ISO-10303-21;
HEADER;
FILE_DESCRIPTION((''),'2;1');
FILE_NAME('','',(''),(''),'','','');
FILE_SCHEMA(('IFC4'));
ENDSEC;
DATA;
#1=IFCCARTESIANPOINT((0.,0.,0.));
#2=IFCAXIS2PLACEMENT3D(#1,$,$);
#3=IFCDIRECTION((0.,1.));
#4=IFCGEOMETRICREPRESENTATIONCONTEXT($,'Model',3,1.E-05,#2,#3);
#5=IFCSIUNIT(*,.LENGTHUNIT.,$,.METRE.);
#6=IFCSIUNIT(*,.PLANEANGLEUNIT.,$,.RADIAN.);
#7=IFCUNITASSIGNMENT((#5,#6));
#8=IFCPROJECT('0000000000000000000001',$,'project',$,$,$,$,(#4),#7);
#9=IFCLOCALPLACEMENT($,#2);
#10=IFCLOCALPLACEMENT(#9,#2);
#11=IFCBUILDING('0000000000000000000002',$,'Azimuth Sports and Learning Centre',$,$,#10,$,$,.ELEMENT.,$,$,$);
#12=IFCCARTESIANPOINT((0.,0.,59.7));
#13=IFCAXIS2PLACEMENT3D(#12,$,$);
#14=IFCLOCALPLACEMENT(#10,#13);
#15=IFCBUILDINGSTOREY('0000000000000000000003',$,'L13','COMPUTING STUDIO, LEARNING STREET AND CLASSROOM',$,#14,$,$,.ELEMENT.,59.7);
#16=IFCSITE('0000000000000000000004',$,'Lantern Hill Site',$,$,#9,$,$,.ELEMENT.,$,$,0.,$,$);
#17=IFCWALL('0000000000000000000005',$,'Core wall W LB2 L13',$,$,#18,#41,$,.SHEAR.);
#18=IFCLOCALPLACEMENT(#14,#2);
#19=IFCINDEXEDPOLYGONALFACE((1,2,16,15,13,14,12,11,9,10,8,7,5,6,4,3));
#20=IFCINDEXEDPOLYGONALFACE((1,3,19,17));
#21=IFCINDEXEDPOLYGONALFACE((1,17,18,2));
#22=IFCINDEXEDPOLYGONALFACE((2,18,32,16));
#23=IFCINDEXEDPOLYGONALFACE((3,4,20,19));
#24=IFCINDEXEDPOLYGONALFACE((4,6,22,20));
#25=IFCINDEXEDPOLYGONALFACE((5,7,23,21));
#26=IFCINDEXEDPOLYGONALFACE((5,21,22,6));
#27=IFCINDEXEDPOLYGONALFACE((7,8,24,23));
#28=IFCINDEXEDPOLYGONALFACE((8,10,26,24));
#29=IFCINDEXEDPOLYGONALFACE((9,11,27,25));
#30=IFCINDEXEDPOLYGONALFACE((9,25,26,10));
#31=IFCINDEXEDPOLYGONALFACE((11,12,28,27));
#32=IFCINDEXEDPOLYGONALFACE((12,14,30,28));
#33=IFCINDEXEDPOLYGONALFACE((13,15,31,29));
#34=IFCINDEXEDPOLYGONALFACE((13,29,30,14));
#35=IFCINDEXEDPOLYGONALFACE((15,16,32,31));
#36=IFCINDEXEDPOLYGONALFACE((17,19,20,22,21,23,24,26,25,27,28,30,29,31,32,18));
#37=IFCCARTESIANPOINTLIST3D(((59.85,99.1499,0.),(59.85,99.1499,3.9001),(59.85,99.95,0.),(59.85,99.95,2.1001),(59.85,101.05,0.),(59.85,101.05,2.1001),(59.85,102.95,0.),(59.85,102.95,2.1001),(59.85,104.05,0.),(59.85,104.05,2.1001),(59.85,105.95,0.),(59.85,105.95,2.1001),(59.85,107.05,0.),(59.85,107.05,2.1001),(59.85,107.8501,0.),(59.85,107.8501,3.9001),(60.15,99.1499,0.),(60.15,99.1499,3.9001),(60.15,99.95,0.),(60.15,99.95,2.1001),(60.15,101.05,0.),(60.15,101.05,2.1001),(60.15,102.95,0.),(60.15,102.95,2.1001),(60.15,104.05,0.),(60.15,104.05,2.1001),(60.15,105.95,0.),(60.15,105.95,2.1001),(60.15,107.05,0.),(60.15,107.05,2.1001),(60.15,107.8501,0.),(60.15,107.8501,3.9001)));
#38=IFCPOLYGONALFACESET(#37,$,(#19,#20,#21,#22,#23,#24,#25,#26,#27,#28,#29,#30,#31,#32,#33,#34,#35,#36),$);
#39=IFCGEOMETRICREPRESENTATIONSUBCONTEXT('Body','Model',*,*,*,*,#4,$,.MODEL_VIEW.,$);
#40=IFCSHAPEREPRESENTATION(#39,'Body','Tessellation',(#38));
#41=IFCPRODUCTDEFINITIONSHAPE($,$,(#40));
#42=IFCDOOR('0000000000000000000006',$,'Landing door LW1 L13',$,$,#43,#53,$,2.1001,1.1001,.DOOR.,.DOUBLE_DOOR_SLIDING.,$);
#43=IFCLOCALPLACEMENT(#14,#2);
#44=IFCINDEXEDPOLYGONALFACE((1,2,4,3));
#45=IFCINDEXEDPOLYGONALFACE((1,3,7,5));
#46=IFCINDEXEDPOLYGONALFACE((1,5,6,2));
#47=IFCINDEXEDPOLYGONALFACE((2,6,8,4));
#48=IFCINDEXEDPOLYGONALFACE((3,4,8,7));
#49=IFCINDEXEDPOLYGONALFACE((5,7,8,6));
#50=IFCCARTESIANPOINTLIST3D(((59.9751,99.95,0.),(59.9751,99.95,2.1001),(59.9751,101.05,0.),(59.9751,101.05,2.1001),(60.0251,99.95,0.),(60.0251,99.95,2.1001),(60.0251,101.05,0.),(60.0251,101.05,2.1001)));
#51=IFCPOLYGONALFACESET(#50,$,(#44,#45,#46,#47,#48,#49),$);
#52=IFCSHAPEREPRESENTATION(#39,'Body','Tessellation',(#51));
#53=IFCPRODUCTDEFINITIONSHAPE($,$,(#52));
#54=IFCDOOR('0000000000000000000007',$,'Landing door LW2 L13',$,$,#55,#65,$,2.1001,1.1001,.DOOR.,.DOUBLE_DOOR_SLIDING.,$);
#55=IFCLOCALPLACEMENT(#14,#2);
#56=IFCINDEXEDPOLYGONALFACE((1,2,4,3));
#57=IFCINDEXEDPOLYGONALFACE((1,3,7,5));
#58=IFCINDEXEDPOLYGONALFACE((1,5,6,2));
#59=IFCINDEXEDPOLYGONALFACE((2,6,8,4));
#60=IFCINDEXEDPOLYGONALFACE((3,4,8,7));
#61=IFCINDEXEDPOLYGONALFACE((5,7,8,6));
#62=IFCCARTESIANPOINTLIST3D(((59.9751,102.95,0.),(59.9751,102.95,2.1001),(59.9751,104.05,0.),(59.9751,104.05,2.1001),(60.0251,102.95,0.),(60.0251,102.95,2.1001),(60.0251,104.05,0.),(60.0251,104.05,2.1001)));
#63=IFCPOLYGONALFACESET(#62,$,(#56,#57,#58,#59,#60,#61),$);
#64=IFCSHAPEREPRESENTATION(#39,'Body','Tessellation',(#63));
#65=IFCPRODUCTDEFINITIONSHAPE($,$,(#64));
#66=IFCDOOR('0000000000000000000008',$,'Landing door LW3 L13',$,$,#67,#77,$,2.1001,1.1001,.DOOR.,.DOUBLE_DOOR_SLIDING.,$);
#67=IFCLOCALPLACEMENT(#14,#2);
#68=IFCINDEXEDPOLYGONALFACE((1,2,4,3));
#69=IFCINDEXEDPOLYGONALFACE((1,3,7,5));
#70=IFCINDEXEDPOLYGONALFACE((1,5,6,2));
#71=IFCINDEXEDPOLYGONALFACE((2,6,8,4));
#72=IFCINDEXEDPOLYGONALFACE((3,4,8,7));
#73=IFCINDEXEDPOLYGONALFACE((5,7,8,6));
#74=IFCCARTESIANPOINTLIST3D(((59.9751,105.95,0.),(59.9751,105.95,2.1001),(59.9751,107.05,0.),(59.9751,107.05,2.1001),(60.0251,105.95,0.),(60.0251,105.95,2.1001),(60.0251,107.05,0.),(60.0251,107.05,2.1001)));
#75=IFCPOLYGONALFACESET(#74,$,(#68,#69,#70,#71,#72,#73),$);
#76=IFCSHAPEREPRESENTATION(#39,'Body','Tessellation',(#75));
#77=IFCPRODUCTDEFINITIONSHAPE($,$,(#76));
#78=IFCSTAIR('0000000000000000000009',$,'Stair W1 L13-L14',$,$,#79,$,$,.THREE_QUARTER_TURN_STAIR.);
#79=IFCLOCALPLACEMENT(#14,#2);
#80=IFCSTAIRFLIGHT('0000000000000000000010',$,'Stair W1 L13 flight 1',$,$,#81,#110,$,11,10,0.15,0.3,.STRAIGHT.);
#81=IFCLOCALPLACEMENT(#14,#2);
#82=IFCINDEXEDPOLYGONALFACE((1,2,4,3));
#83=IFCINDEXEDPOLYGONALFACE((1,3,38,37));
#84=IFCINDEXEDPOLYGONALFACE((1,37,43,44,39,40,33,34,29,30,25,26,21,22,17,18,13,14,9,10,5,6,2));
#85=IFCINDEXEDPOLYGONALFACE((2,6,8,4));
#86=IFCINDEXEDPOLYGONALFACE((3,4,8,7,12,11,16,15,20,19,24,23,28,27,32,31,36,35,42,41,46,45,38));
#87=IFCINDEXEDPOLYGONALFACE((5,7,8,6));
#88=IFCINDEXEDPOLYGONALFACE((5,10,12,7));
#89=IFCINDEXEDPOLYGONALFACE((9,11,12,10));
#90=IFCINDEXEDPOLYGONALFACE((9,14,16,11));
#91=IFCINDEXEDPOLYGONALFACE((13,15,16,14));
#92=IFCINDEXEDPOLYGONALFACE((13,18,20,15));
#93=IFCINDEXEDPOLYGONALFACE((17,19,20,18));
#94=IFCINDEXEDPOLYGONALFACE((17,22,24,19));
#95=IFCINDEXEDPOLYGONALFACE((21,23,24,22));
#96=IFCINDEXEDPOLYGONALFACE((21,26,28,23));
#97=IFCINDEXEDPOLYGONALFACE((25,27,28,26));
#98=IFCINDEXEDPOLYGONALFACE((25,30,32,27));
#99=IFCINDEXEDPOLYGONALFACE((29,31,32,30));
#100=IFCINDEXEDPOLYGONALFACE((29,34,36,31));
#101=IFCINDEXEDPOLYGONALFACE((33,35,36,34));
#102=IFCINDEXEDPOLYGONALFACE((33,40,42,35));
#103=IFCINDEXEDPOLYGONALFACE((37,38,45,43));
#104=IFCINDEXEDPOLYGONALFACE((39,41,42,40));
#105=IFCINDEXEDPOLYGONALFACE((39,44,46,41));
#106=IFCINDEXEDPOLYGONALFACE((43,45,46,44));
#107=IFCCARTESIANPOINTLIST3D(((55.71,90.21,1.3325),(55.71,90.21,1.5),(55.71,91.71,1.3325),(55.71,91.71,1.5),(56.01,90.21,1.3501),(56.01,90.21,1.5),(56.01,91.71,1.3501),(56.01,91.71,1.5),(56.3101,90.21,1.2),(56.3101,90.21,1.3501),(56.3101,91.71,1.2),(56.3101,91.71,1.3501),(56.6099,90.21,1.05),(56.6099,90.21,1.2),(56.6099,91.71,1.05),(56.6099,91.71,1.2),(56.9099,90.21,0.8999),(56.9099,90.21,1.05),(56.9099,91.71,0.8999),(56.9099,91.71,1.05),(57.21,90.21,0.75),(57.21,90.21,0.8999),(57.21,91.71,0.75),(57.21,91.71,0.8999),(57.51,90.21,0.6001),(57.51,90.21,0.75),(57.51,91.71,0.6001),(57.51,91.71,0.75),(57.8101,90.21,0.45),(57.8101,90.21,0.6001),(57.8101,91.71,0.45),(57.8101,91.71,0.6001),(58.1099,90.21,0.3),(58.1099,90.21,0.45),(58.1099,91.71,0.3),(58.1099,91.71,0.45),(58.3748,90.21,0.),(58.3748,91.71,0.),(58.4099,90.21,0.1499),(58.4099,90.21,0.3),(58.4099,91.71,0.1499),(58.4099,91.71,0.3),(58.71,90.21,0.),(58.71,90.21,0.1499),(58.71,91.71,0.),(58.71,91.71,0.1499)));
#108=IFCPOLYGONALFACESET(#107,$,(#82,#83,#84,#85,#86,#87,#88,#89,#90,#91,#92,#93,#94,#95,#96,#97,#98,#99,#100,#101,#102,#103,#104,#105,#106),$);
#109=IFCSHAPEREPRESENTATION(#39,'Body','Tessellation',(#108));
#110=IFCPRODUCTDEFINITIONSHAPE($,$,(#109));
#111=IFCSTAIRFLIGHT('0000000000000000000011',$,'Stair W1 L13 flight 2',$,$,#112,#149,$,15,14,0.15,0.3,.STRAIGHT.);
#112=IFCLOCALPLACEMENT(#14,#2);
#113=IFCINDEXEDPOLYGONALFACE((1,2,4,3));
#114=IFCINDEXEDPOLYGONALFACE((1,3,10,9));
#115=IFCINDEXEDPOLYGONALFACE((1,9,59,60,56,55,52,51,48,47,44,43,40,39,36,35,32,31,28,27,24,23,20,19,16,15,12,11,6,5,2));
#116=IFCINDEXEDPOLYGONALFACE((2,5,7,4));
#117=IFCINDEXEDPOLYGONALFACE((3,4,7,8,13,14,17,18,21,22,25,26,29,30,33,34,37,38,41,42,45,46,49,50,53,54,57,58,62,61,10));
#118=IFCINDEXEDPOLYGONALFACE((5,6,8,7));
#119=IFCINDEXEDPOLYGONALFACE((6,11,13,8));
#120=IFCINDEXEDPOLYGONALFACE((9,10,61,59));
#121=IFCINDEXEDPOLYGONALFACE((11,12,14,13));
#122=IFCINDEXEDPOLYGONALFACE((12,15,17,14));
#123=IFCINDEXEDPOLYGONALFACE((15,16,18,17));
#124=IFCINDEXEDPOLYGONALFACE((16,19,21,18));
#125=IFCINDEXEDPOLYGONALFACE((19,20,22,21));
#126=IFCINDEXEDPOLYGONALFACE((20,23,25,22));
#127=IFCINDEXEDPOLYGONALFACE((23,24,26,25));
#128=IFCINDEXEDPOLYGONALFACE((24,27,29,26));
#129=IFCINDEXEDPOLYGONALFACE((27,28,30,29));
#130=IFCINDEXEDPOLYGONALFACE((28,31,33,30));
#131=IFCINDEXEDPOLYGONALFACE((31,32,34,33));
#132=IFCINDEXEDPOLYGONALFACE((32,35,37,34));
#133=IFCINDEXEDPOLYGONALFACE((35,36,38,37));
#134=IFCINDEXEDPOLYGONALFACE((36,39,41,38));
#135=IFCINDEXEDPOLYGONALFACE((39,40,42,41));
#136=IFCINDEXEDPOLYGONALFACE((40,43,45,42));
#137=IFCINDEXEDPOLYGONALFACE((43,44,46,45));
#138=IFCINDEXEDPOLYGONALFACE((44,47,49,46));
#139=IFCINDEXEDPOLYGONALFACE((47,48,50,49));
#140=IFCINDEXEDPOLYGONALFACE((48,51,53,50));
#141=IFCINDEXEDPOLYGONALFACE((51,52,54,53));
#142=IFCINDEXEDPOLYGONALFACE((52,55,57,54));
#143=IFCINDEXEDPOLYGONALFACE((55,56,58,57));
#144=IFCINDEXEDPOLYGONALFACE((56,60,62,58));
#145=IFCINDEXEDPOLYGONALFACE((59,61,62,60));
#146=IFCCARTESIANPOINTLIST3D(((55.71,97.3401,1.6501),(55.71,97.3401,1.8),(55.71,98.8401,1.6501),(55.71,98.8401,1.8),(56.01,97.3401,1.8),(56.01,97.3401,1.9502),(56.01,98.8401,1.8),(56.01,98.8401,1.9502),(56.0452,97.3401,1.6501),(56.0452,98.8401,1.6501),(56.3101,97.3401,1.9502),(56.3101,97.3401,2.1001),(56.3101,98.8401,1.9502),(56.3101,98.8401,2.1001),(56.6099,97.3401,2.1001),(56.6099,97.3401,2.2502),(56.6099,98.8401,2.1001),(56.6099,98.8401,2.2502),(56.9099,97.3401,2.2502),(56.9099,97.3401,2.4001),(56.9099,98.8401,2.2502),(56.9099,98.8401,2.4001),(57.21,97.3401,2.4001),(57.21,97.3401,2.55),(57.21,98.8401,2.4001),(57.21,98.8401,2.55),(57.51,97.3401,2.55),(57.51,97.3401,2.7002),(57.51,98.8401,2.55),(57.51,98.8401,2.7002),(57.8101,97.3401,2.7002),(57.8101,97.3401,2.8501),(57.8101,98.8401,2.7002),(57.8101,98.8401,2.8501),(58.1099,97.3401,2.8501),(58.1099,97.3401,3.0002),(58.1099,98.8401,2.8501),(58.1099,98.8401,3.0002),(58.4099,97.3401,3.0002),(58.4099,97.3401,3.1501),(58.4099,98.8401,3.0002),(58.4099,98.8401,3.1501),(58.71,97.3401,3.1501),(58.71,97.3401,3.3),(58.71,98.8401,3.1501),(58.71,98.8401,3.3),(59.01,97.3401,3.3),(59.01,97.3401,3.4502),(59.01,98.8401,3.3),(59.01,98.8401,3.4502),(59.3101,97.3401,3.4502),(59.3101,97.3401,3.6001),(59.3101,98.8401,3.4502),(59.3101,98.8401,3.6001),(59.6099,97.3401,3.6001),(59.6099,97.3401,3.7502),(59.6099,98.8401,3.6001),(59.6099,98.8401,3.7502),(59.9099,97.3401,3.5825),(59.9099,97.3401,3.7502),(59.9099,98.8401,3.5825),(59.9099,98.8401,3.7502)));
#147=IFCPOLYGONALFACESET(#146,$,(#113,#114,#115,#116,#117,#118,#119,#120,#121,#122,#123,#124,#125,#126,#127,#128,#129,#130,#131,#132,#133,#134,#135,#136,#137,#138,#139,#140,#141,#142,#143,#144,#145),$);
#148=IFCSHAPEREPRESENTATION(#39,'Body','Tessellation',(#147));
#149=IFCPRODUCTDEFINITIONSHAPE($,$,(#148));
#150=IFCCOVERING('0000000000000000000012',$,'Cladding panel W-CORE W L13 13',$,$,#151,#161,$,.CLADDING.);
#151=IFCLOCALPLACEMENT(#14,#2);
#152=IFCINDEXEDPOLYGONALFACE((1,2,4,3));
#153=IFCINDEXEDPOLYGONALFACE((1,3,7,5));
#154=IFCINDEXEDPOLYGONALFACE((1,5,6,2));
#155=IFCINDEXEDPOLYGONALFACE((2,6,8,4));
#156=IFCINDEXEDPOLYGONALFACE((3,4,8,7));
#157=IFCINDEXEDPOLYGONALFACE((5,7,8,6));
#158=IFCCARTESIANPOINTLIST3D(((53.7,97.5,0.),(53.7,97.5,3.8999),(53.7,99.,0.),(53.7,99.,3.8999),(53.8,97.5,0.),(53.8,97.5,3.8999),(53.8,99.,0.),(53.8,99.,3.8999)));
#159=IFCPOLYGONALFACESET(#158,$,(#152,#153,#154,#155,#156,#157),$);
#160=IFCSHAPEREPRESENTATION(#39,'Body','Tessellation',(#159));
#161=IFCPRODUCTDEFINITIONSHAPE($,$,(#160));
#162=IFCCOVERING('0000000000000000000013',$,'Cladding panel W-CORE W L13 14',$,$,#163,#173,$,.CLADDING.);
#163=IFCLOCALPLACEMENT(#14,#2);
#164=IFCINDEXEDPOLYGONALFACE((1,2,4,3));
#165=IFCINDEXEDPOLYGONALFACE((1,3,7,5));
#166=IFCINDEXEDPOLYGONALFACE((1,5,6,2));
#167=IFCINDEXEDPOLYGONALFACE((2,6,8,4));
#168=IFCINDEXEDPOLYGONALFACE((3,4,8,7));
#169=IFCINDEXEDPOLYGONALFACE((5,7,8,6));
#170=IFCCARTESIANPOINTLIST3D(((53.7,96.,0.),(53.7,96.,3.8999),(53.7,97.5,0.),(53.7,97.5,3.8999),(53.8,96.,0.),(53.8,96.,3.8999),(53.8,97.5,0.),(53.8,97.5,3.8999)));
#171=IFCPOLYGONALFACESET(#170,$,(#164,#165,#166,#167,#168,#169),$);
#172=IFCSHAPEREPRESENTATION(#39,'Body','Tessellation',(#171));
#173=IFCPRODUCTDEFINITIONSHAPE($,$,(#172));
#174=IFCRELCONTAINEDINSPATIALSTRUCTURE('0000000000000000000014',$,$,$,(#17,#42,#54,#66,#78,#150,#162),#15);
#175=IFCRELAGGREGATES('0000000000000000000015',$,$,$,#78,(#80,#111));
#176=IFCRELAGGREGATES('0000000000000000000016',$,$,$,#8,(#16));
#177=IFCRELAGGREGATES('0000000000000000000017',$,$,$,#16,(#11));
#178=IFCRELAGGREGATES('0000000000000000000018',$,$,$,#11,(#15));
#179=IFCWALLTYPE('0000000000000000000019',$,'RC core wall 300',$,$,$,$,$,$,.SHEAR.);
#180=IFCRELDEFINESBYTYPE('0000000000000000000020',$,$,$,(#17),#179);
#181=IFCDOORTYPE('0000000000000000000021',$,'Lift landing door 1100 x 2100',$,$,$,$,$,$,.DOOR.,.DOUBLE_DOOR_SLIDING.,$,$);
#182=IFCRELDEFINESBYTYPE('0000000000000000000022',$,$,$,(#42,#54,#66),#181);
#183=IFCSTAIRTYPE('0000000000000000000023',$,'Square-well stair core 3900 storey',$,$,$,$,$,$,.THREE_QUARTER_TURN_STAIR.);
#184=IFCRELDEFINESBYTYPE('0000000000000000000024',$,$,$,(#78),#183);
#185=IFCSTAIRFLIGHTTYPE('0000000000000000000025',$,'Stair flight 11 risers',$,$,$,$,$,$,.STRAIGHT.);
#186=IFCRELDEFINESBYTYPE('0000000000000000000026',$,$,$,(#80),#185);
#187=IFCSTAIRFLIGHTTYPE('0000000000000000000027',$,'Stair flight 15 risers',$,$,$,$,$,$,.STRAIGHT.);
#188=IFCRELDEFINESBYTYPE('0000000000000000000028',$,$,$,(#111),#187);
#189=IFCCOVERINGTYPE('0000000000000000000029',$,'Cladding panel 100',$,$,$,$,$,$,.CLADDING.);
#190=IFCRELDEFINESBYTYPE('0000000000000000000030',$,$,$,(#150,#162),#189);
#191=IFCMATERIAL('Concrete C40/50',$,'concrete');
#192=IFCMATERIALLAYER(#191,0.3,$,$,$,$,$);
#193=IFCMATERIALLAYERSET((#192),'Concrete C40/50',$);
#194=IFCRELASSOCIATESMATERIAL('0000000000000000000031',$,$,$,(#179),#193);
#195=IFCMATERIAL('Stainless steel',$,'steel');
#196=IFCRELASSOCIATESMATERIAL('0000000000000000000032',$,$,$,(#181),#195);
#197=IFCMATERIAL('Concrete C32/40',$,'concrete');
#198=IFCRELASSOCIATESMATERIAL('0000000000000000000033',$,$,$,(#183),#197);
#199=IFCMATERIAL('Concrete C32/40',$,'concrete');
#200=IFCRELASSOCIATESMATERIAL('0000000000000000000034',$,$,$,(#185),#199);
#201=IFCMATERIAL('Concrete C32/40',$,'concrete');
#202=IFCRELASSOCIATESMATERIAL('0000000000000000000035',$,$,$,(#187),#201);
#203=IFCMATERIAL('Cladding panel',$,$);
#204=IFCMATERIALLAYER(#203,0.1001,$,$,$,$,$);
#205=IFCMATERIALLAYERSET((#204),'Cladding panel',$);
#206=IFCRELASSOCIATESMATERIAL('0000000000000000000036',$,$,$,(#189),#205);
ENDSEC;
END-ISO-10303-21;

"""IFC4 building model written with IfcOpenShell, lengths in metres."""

from ifc_helpers import new_model, si_unit, direction, frame, frame_2d, origin, origin_2d, place, context, subcontext, project, spatial, polyline, rectangle, outline, extrude, material, layer, layer_set, type_object, element, fill, aggregate, save


model = new_model("IFC4")

# Units and contexts
model_context = context("Model", 3, precision=1e-05, world=origin(), true_north=direction((0.0, 1.0)))
body_context = subcontext(model_context, "Body", "Model", "MODEL_VIEW")
ifc_project = project(units=[si_unit("LENGTHUNIT", "METRE"), si_unit("PLANEANGLEUNIT", "RADIAN")], contexts=[model_context])

# Site, building, storey
site_placement = place(None, origin())
site = spatial("IfcSite", under=ifc_project, at=site_placement, Name="Lantern Hill Site", CompositionType="ELEMENT", RefElevation=0.0)
building_placement = place(site_placement, origin())
building = spatial("IfcBuilding", under=site, at=building_placement, Name="Azimuth Sports and Learning Centre", CompositionType="ELEMENT")
storey_placement = place(building_placement, frame((0.0, 0.0, 59.7)))
storey = spatial("IfcBuildingStorey", under=building, at=storey_placement, Name="L13", Description="COMPUTING STUDIO, LEARNING STREET AND CLASSROOM", CompositionType="ELEMENT", Elevation=59.7)

# Shared definitions
ifc_material_1 = material(Name="Concrete C40/50", Category="concrete")
ifc_layer_1 = layer(ifc_material_1, 0.3)
ifc_layer_set_1 = layer_set([ifc_layer_1], Name="Concrete C40/50")
wall_type = type_object("IfcWallType", Name="RC core wall 300", PredefinedType="SHEAR", material=ifc_layer_set_1)

# Wall, openings, doors
wall_1_placement = place(storey_placement, frame((60.0, 99.1499, 0.0), z_axis=(0.0, 0.0, 1.0), x_axis=(0.0, 1.0, 0.0)))
wall_1 = element("IfcWall", 1, at=wall_1_placement, inside=storey, type_object=wall_type, Name="Core wall W LB2 L13", PredefinedType="SHEAR", context=body_context, shape_type="SweptSolid", body=[
    extrude(rectangle(XDim=8.7002, YDim=0.3, at=frame_2d((4.3501, 0.0))), origin(), (0.0, 0.0, 1.0), 3.9001),
])
opening_1_placement = place(wall_1_placement, frame((0.8, 0.0, 0.0)))
opening_1 = element("IfcOpeningElement", 2, at=opening_1_placement, cuts=wall_1, PredefinedType="OPENING", context=body_context, shape_type="SweptSolid", body=[
    extrude(rectangle(XDim=1.1001, YDim=2.1001, at=frame_2d((0.55, 1.05))), frame((0.0, 0.1611, 0.0), z_axis=(0.0, -1.0, 0.0), x_axis=(1.0, 0.0, 0.0)), (0.0, 0.0, 1.0), 0.322),
])
opening_2_placement = place(wall_1_placement, frame((3.8, 0.0, 0.0)))
opening_2 = element("IfcOpeningElement", 3, at=opening_2_placement, cuts=wall_1, PredefinedType="OPENING", context=body_context, shape_type="SweptSolid", body=[
    extrude(rectangle(XDim=1.1001, YDim=2.1001, at=frame_2d((0.55, 1.05))), frame((0.0, 0.1611, 0.0), z_axis=(0.0, -1.0, 0.0), x_axis=(1.0, 0.0, 0.0)), (0.0, 0.0, 1.0), 0.322),
])
opening_3_placement = place(wall_1_placement, frame((6.8, 0.0, 0.0)))
opening_3 = element("IfcOpeningElement", 4, at=opening_3_placement, cuts=wall_1, PredefinedType="OPENING", context=body_context, shape_type="SweptSolid", body=[
    extrude(rectangle(XDim=1.1001, YDim=2.1001, at=frame_2d((0.55, 1.05))), frame((0.0, 0.1611, 0.0), z_axis=(0.0, -1.0, 0.0), x_axis=(1.0, 0.0, 0.0)), (0.0, 0.0, 1.0), 0.322),
])
ifc_material_2 = material(Name="Stainless steel", Category="steel")
door_type = type_object("IfcDoorType", Name="Lift landing door 1100 x 2100", OperationType="DOUBLE_DOOR_SLIDING", PredefinedType="DOOR", material=ifc_material_2)
door_1_placement = place(opening_1_placement, origin())
door_1 = element("IfcDoor", 5, at=door_1_placement, inside=storey, type_object=door_type, Name="Landing door LW1 L13", OperationType="DOUBLE_DOOR_SLIDING", OverallHeight=2.1001, OverallWidth=1.1001, PredefinedType="DOOR", context=body_context, shape_type="SweptSolid", body=[
    extrude(rectangle(XDim=1.1001, YDim=2.1001, at=frame_2d((0.55, 1.05))), frame((0.0, 0.0249, 0.0), z_axis=(0.0, -1.0, 0.0), x_axis=(1.0, 0.0, 0.0)), (0.0, 0.0, 1.0), 0.05),
])
fill(opening_1, door_1)
door_2_placement = place(opening_2_placement, origin())
door_2 = element("IfcDoor", 6, at=door_2_placement, inside=storey, type_object=door_type, Name="Landing door LW2 L13", OperationType="DOUBLE_DOOR_SLIDING", OverallHeight=2.1001, OverallWidth=1.1001, PredefinedType="DOOR", context=body_context, shape_type="SweptSolid", body=[
    extrude(rectangle(XDim=1.1001, YDim=2.1001, at=frame_2d((0.55, 1.05))), frame((0.0, 0.0249, 0.0), z_axis=(0.0, -1.0, 0.0), x_axis=(1.0, 0.0, 0.0)), (0.0, 0.0, 1.0), 0.05),
])
fill(opening_2, door_2)
door_3_placement = place(opening_3_placement, origin())
door_3 = element("IfcDoor", 7, at=door_3_placement, inside=storey, type_object=door_type, Name="Landing door LW3 L13", OperationType="DOUBLE_DOOR_SLIDING", OverallHeight=2.1001, OverallWidth=1.1001, PredefinedType="DOOR", context=body_context, shape_type="SweptSolid", body=[
    extrude(rectangle(XDim=1.1001, YDim=2.1001, at=frame_2d((0.55, 1.05))), frame((0.0, 0.0249, 0.0), z_axis=(0.0, -1.0, 0.0), x_axis=(1.0, 0.0, 0.0)), (0.0, 0.0, 1.0), 0.05),
])
fill(opening_3, door_3)

# Stair, stair flights
ifc_material_3 = material(Name="Concrete C32/40", Category="concrete")
stair_type = type_object("IfcStairType", Name="Square-well stair core 3900 storey", PredefinedType="THREE_QUARTER_TURN_STAIR", material=ifc_material_3)
stair_placement = place(storey_placement, origin())
stair = element("IfcStair", 8, at=stair_placement, inside=storey, type_object=stair_type, Name="Stair W1 L13-L14", PredefinedType="THREE_QUARTER_TURN_STAIR")
ifc_material_4 = material(Name="Concrete C32/40", Category="concrete")
stair_flight_type_1 = type_object("IfcStairFlightType", Name="Stair flight 11 risers", PredefinedType="STRAIGHT", material=ifc_material_4)
stair_flight_1_placement = place(storey_placement, frame((58.71, 90.96, 0.0), z_axis=(0.0, 0.0, 1.0), x_axis=(-1.0, 0.0, 0.0)))
stair_flight_1 = element("IfcStairFlight", 9, at=stair_flight_1_placement, type_object=stair_flight_type_1, Name="Stair W1 L13 flight 1", NumberOfRisers=11, NumberOfTreads=10, PredefinedType="STRAIGHT", RiserHeight=0.15, TreadLength=0.3, context=body_context, shape_type="SweptSolid", body=[
    extrude(outline(polyline([(0.0, 0.0), (0.0, 0.1499), (0.3, 0.1499), (0.3, 0.3), (0.6001, 0.3), (0.6001, 0.45), (0.8999, 0.45), (0.8999, 0.6001), (1.2, 0.6001), (1.2, 0.75), (1.5, 0.75), (1.5, 0.8999), (1.8, 0.8999), (1.8, 1.05), (2.1001, 1.05), (2.1001, 1.2), (2.3999, 1.2), (2.3999, 1.3501), (2.7, 1.3501), (2.7, 1.5), (3.0, 1.5), (3.0, 1.6499), (3.0, 1.3325), (0.3352, 0.0), (0.0, 0.0)])), frame((0.0, 0.75, 0.0), z_axis=(0.0, -1.0, 0.0), x_axis=(1.0, 0.0, 0.0)), (0.0, 0.0, 1.0), 1.5),
])
ifc_material_5 = material(Name="Concrete C32/40", Category="concrete")
stair_flight_type_2 = type_object("IfcStairFlightType", Name="Stair flight 15 risers", PredefinedType="STRAIGHT", material=ifc_material_5)
stair_flight_2_placement = place(storey_placement, frame((55.71, 98.0901, 1.6501), z_axis=(0.0, 0.0, 1.0), x_axis=(1.0, 0.0, 0.0)))
stair_flight_2 = element("IfcStairFlight", 10, at=stair_flight_2_placement, type_object=stair_flight_type_2, Name="Stair W1 L13 flight 2", NumberOfRisers=15, NumberOfTreads=14, PredefinedType="STRAIGHT", RiserHeight=0.15, TreadLength=0.3, context=body_context, shape_type="SweptSolid", body=[
    extrude(outline(polyline([(0.0, 0.0), (0.0, 0.1499), (0.3, 0.1499), (0.3, 0.3), (0.6001, 0.3), (0.6001, 0.45), (0.8999, 0.45), (0.8999, 0.6001), (1.2, 0.6001), (1.2, 0.75), (1.5, 0.75), (1.5, 0.8999), (1.8, 0.8999), (1.8, 1.05), (2.1001, 1.05), (2.1001, 1.2), (2.3999, 1.2), (2.3999, 1.3501), (2.7, 1.3501), (2.7, 1.5), (3.0, 1.5), (3.0, 1.6499), (3.3, 1.6499), (3.3, 1.8), (3.6001, 1.8), (3.6001, 1.95), (3.8999, 1.95), (3.8999, 2.1001), (4.2, 2.1001), (4.2, 2.25), (4.2, 1.9324), (0.3352, 0.0), (0.0, 0.0)])), frame((0.0, 0.75, 0.0), z_axis=(0.0, -1.0, 0.0), x_axis=(1.0, 0.0, 0.0)), (0.0, 0.0, 1.0), 1.5),
])
aggregate(stair, [stair_flight_1, stair_flight_2])

# Coverings
ifc_material_6 = material(Name="Cladding panel")
ifc_layer_2 = layer(ifc_material_6, 0.1001)
ifc_layer_set_2 = layer_set([ifc_layer_2], Name="Cladding panel")
covering_type = type_object("IfcCoveringType", Name="Cladding panel 100", PredefinedType="CLADDING", material=ifc_layer_set_2)
for number, where, z_axis, x_axis, name in (
    (11, (53.75, 98.25, 0.0), (0.0, 0.0, 1.0), (0.0, -1.0, 0.0), "Cladding panel W-CORE W L13 13"),
    (12, (53.75, 96.75, 0.0), (0.0, 0.0, 1.0), (0.0, -1.0, 0.0), "Cladding panel W-CORE W L13 14"),
):
    element("IfcCovering", number, at=place(storey_placement, frame(where, z_axis=z_axis, x_axis=x_axis)), inside=storey, type_object=covering_type, Name=name, PredefinedType="CLADDING", context=body_context, shape_type="SweptSolid", body=[
        extrude(rectangle(XDim=1.5, YDim=0.1001, at=origin_2d()), origin(), (0.0, 0.0, 1.0), 3.8999),
    ])

save(model, "model.ifc")
